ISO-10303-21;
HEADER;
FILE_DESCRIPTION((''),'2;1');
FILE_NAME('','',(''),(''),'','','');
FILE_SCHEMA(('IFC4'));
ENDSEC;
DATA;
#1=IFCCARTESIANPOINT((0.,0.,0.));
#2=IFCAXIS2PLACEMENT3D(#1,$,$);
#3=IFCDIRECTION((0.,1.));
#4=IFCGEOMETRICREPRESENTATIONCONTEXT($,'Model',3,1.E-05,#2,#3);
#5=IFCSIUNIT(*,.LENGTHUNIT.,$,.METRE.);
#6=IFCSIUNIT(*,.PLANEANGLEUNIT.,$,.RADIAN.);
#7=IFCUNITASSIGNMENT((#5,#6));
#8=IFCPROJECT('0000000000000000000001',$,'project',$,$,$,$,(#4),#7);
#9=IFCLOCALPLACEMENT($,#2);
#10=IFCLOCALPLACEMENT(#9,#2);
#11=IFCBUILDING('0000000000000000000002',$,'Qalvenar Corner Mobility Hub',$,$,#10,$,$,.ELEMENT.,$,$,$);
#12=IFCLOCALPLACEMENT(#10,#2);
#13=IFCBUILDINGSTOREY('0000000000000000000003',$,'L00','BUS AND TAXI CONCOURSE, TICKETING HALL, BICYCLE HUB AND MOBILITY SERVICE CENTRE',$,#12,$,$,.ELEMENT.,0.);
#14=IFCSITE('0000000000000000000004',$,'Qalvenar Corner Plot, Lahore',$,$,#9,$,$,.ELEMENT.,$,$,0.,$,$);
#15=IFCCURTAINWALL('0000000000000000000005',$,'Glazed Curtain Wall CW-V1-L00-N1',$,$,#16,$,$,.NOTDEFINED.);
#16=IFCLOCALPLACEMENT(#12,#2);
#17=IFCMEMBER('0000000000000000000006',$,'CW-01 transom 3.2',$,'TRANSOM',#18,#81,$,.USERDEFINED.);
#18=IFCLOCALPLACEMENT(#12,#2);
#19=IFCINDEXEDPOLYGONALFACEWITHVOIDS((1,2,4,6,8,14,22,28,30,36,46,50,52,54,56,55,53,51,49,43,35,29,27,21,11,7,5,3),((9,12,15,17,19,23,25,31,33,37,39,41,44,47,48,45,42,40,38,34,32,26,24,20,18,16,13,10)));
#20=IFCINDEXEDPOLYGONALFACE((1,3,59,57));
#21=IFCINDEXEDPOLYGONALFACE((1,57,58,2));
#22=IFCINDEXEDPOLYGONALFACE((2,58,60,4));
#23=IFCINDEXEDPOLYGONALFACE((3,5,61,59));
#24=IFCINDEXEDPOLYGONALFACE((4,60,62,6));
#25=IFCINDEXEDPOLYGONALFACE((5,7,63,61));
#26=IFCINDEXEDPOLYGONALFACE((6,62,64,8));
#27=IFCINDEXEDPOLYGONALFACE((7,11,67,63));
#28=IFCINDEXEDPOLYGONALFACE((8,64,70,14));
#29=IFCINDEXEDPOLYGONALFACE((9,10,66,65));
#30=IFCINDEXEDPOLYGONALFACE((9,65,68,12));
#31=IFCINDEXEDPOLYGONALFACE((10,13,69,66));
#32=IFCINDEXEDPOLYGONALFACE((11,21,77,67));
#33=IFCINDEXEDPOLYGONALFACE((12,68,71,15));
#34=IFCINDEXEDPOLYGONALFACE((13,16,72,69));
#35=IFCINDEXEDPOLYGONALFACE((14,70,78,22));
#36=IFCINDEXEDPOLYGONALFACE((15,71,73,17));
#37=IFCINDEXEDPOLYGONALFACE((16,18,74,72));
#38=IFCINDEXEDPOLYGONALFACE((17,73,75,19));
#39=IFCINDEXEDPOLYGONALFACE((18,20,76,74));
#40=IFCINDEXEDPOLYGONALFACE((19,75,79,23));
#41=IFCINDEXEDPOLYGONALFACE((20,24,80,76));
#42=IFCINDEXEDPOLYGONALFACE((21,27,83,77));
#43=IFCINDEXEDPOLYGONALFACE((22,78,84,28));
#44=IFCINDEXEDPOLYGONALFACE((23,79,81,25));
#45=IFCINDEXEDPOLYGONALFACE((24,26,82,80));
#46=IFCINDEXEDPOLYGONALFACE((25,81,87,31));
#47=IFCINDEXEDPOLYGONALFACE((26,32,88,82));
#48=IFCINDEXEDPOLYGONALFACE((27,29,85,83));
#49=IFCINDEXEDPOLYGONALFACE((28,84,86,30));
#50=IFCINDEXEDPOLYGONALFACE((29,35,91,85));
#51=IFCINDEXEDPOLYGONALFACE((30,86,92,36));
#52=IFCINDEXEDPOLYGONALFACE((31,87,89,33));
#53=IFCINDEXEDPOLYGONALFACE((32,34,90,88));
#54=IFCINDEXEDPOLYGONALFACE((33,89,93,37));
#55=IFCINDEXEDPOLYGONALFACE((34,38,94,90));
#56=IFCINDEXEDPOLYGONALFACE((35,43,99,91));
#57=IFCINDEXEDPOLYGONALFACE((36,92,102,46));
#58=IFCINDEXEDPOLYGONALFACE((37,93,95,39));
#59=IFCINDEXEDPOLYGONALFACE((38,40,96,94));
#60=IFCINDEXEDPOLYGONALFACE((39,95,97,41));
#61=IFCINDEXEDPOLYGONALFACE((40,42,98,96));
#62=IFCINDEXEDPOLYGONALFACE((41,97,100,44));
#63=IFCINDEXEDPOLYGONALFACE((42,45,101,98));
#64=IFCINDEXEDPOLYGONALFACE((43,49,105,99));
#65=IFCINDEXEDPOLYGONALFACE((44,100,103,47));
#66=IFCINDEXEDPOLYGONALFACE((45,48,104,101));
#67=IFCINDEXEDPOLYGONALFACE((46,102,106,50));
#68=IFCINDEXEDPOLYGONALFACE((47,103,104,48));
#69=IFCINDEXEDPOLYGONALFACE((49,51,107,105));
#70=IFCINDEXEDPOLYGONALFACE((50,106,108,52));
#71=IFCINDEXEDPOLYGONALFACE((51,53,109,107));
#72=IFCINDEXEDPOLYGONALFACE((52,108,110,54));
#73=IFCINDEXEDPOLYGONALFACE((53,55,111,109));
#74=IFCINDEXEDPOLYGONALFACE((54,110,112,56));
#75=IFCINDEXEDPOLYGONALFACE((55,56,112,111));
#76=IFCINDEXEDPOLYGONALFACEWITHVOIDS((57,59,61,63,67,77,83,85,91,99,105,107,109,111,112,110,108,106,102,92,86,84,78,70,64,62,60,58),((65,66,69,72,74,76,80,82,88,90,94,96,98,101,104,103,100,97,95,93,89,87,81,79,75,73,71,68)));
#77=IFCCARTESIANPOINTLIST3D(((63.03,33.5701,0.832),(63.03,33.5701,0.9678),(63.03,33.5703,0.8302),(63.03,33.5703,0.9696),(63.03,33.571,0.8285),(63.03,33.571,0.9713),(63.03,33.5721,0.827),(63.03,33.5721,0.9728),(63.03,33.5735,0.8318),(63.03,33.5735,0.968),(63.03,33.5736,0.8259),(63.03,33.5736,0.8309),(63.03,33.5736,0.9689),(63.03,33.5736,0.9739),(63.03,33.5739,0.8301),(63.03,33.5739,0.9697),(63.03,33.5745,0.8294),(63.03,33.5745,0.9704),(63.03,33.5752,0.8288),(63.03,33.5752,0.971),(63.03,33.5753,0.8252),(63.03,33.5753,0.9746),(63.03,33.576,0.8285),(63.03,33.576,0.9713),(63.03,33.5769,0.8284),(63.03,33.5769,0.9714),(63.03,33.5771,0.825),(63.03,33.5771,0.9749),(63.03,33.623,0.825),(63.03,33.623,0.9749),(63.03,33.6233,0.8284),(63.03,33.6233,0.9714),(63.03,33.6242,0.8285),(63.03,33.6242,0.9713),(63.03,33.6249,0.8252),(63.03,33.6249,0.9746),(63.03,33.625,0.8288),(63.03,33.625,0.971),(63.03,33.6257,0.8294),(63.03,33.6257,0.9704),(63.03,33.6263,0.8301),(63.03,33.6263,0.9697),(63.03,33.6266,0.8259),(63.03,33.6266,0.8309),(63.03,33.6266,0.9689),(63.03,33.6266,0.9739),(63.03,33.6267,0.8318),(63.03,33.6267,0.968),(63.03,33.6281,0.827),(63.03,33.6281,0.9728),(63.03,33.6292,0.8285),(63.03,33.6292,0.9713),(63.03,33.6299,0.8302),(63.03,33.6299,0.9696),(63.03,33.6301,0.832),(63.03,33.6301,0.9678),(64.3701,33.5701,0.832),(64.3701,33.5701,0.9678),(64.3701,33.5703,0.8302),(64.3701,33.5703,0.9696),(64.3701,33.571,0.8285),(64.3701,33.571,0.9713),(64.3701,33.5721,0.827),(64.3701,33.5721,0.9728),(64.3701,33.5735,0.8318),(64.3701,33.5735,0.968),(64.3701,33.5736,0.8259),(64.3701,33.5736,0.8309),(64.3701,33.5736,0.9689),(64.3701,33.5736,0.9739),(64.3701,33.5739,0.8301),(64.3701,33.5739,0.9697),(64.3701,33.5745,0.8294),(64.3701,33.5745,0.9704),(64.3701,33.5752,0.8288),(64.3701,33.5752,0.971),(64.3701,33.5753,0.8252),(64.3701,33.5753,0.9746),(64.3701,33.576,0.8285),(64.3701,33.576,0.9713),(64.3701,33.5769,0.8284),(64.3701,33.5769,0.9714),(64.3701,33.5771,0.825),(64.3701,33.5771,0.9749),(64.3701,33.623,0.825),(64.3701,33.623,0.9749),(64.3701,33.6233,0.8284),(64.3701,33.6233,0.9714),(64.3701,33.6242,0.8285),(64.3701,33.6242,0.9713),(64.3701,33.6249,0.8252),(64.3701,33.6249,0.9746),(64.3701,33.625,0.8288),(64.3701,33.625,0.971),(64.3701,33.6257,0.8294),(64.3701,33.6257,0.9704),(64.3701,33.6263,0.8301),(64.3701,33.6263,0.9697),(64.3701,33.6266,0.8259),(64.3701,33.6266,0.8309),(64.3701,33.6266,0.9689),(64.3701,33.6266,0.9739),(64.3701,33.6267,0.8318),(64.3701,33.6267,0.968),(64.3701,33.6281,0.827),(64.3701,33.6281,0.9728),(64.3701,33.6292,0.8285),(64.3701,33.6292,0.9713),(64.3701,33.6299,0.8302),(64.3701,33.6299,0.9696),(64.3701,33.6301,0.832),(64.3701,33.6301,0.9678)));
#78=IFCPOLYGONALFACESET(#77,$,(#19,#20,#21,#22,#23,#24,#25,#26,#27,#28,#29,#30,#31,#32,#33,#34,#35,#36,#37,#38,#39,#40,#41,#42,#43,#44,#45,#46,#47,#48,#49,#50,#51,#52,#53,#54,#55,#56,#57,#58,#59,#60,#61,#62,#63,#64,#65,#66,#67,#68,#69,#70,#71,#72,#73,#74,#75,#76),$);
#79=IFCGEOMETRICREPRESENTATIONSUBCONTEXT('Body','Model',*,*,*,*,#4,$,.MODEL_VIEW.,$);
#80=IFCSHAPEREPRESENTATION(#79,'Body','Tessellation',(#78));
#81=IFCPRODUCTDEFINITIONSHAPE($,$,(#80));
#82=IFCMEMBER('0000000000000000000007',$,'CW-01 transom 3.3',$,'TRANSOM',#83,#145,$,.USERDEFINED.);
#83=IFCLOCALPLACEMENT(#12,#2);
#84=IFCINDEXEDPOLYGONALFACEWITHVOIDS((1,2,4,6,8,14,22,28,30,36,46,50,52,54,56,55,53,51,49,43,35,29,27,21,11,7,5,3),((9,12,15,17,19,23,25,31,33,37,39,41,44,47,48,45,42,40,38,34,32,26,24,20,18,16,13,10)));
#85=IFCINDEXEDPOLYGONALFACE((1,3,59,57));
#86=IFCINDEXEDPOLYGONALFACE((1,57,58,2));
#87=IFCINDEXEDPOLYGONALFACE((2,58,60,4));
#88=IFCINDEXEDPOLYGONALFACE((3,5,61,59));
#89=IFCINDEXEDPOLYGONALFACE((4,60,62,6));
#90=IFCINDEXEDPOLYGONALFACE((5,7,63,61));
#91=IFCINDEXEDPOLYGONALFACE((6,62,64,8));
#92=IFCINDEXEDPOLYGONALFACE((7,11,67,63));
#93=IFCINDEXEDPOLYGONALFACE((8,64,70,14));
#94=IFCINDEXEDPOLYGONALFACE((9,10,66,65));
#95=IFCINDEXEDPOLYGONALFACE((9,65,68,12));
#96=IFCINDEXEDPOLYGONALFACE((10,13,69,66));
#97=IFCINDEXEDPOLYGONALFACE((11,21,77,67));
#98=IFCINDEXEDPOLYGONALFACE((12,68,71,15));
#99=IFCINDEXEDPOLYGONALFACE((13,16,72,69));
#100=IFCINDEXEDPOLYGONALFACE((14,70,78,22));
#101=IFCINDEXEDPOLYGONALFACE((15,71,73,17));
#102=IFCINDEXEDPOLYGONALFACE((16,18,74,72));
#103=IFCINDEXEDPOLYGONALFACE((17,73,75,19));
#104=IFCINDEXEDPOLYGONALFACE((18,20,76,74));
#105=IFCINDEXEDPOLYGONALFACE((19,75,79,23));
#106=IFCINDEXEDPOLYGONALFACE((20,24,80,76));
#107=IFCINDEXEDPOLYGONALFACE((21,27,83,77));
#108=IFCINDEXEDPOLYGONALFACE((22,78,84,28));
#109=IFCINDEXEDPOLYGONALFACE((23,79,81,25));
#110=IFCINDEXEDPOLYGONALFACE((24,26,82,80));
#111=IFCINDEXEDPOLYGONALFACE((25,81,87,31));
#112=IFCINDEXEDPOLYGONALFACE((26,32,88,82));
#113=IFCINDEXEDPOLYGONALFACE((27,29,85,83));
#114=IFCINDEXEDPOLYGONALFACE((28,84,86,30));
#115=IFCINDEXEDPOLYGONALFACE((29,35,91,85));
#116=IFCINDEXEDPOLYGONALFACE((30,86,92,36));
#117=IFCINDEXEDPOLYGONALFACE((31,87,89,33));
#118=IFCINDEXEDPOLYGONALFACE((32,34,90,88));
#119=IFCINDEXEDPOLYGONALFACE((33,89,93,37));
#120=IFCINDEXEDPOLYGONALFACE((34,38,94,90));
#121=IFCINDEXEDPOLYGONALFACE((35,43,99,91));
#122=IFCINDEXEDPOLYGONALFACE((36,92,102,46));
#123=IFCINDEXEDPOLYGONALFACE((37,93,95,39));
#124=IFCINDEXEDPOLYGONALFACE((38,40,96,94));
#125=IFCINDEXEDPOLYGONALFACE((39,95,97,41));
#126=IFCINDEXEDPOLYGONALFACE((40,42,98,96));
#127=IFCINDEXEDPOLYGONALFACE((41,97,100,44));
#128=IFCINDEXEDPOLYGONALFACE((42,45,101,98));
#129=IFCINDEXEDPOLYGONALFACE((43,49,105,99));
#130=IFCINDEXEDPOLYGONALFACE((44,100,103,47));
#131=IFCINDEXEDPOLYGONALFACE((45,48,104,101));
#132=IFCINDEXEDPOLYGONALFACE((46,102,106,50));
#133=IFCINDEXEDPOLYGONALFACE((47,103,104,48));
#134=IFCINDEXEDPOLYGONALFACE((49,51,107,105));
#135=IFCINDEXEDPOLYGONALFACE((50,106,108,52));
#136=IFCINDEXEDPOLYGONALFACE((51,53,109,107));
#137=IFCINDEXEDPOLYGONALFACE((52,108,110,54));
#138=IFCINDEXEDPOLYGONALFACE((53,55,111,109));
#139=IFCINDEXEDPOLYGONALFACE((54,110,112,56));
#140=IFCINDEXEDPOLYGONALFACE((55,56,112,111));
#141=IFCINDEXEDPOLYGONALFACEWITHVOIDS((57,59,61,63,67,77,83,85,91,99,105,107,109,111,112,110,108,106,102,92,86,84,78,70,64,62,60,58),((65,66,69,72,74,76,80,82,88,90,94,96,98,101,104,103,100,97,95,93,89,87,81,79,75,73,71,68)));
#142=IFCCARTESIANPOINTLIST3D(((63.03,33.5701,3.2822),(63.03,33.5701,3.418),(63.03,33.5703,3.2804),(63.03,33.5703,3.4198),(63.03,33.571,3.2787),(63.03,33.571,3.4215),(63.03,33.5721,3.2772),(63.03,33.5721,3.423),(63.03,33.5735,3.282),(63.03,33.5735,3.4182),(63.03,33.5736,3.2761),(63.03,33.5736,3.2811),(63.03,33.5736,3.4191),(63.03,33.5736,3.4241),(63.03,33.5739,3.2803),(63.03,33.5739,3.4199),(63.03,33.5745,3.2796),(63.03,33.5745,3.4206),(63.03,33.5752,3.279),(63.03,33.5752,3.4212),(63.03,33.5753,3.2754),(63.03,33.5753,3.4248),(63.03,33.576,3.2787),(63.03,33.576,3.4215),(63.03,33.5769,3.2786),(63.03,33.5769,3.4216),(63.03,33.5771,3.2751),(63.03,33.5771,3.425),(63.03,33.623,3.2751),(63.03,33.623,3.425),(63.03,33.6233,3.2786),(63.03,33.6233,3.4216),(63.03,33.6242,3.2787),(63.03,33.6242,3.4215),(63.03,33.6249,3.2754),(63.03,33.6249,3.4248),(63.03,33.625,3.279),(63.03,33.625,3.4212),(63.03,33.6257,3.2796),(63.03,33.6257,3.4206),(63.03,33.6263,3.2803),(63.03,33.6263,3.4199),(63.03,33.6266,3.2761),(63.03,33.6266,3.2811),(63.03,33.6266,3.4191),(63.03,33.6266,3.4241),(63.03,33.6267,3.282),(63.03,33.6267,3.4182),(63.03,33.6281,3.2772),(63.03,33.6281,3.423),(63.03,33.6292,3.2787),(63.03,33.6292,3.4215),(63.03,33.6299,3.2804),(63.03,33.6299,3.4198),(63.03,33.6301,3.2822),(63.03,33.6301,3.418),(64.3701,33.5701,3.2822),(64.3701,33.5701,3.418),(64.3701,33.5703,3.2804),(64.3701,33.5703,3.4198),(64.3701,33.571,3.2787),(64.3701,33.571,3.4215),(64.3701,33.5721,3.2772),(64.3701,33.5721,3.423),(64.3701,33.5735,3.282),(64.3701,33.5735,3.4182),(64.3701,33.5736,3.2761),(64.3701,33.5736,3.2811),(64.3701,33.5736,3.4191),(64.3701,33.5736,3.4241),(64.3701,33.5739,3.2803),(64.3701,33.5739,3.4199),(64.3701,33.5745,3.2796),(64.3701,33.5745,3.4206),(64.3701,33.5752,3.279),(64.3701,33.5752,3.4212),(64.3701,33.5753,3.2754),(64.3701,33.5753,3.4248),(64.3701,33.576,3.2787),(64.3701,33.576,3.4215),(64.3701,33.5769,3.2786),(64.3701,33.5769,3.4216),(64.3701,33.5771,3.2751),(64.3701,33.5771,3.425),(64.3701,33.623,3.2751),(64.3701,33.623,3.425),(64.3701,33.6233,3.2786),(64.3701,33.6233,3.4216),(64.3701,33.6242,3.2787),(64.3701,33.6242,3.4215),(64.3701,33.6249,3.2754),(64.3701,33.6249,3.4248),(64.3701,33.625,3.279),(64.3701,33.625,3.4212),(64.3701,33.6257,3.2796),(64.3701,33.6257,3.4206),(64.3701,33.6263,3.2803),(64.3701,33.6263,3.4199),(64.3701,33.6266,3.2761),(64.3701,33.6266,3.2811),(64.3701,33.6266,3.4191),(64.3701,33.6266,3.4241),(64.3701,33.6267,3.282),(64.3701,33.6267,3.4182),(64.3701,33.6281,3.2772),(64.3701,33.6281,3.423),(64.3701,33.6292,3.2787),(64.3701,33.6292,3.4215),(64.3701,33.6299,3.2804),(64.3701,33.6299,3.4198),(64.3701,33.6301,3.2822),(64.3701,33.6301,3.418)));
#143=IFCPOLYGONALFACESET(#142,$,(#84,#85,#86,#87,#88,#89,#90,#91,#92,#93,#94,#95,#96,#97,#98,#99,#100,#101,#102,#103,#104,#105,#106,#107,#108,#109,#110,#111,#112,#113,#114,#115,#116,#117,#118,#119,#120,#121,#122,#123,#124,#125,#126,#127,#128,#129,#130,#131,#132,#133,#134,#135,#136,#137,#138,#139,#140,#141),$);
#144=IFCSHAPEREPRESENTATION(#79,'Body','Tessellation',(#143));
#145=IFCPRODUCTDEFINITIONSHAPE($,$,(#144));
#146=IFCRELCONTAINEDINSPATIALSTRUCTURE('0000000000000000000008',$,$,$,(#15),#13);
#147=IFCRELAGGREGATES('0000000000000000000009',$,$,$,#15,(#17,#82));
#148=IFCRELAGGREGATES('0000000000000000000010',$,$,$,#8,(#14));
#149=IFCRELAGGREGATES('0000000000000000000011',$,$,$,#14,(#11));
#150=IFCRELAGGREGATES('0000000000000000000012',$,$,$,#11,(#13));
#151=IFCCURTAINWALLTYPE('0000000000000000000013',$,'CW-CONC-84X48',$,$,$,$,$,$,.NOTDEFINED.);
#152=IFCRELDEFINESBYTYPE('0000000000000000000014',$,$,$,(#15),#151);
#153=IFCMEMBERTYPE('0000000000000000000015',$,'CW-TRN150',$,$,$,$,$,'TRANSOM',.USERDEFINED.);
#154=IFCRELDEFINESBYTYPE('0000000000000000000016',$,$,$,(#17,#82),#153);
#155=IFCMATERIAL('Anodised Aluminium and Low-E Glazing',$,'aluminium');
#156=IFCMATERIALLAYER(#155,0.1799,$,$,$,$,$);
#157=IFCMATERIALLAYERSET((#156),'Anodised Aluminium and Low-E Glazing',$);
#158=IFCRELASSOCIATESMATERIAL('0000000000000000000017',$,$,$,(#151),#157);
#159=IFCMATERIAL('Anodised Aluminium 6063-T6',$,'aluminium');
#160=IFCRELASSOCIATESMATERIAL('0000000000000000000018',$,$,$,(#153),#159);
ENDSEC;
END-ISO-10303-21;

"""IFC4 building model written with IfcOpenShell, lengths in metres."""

from ifc_helpers import new_model, si_unit, direction, frame, origin, origin_2d, place, context, subcontext, project, spatial, hollow_rectangle, extrude, material, layer, layer_set, material_profile, profile_set, type_object, element, aggregate, save


model = new_model("IFC4")

# Units and contexts
model_context = context("Model", 3, precision=1e-05, world=origin(), true_north=direction((0.0, 1.0)))
body_context = subcontext(model_context, "Body", "Model", "MODEL_VIEW")
ifc_project = project(units=[si_unit("LENGTHUNIT", "METRE"), si_unit("PLANEANGLEUNIT", "RADIAN")], contexts=[model_context])

# Site, building, storey
site_placement = place(None, origin())
site = spatial("IfcSite", under=ifc_project, at=site_placement, Name="Qalvenar Corner Plot, Lahore", CompositionType="ELEMENT", RefElevation=0.0)
building_placement = place(site_placement, origin())
building = spatial("IfcBuilding", under=site, at=building_placement, Name="Qalvenar Corner Mobility Hub", CompositionType="ELEMENT")
storey_placement = place(building_placement, origin())
storey = spatial("IfcBuildingStorey", under=building, at=storey_placement, Name="L00", Description="BUS AND TAXI CONCOURSE, TICKETING HALL, BICYCLE HUB AND MOBILITY SERVICE CENTRE", CompositionType="ELEMENT", Elevation=0.0)

# Curtain wall, members
ifc_material_1 = material(Name="Anodised Aluminium and Low-E Glazing", Category="aluminium")
ifc_layer_1 = layer(ifc_material_1, 0.1799)
ifc_layer_set_1 = layer_set([ifc_layer_1], Name="Anodised Aluminium and Low-E Glazing")
curtain_wall_type = type_object("IfcCurtainWallType", Name="CW-CONC-84X48", PredefinedType="NOTDEFINED", material=ifc_layer_set_1)
curtain_wall_placement = place(storey_placement, origin())
curtain_wall = element("IfcCurtainWall", 1, at=curtain_wall_placement, inside=storey, type_object=curtain_wall_type, Name="Glazed Curtain Wall CW-V1-L00-N1", PredefinedType="NOTDEFINED")
ifc_material_2 = material(Name="Anodised Aluminium 6063-T6", Category="aluminium")
ifc_material_profile_1 = material_profile(ifc_material_2, hollow_rectangle(XDim=0.0601, YDim=0.1499, WallThickness=0.0034, InnerFilletRadius=0.0034, OuterFilletRadius=0.0071, at=origin_2d()), Name="RHS150x60x3.5")
ifc_profile_set_1 = profile_set([ifc_material_profile_1], Name="Anodised Aluminium 6063-T6")
member_type_1 = type_object("IfcMemberType", Name="CW-TRN150", ElementType="TRANSOM", PredefinedType="USERDEFINED", material=ifc_profile_set_1)
member_1_placement = place(storey_placement, frame((64.3701, 33.6001, 0.8999), z_axis=(-1.0, 0.0, 0.0), x_axis=(0.0, -1.0, 0.0)))
member_1 = element("IfcMember", 2, at=member_1_placement, type_object=member_type_1, Name="CW-01 transom 3.2", ObjectType="TRANSOM", PredefinedType="USERDEFINED", context=body_context, shape_type="SweptSolid", body=[
    extrude(hollow_rectangle(XDim=0.0601, YDim=0.1499, WallThickness=0.0034, InnerFilletRadius=0.0034, OuterFilletRadius=0.0071, at=origin_2d()), origin(), (0.0, 0.0, 1.0), 1.3401),
])
member_2_placement = place(storey_placement, frame((64.3701, 33.6001, 3.3501), z_axis=(-1.0, 0.0, 0.0), x_axis=(0.0, -1.0, 0.0)))
member_2 = element("IfcMember", 3, at=member_2_placement, type_object=member_type_1, Name="CW-01 transom 3.3", ObjectType="TRANSOM", PredefinedType="USERDEFINED", context=body_context, shape_type="SweptSolid", body=[
    extrude(hollow_rectangle(XDim=0.0601, YDim=0.1499, WallThickness=0.0034, InnerFilletRadius=0.0034, OuterFilletRadius=0.0071, at=origin_2d()), origin(), (0.0, 0.0, 1.0), 1.3401),
])
aggregate(curtain_wall, [member_1, member_2])

save(model, "model.ifc")
